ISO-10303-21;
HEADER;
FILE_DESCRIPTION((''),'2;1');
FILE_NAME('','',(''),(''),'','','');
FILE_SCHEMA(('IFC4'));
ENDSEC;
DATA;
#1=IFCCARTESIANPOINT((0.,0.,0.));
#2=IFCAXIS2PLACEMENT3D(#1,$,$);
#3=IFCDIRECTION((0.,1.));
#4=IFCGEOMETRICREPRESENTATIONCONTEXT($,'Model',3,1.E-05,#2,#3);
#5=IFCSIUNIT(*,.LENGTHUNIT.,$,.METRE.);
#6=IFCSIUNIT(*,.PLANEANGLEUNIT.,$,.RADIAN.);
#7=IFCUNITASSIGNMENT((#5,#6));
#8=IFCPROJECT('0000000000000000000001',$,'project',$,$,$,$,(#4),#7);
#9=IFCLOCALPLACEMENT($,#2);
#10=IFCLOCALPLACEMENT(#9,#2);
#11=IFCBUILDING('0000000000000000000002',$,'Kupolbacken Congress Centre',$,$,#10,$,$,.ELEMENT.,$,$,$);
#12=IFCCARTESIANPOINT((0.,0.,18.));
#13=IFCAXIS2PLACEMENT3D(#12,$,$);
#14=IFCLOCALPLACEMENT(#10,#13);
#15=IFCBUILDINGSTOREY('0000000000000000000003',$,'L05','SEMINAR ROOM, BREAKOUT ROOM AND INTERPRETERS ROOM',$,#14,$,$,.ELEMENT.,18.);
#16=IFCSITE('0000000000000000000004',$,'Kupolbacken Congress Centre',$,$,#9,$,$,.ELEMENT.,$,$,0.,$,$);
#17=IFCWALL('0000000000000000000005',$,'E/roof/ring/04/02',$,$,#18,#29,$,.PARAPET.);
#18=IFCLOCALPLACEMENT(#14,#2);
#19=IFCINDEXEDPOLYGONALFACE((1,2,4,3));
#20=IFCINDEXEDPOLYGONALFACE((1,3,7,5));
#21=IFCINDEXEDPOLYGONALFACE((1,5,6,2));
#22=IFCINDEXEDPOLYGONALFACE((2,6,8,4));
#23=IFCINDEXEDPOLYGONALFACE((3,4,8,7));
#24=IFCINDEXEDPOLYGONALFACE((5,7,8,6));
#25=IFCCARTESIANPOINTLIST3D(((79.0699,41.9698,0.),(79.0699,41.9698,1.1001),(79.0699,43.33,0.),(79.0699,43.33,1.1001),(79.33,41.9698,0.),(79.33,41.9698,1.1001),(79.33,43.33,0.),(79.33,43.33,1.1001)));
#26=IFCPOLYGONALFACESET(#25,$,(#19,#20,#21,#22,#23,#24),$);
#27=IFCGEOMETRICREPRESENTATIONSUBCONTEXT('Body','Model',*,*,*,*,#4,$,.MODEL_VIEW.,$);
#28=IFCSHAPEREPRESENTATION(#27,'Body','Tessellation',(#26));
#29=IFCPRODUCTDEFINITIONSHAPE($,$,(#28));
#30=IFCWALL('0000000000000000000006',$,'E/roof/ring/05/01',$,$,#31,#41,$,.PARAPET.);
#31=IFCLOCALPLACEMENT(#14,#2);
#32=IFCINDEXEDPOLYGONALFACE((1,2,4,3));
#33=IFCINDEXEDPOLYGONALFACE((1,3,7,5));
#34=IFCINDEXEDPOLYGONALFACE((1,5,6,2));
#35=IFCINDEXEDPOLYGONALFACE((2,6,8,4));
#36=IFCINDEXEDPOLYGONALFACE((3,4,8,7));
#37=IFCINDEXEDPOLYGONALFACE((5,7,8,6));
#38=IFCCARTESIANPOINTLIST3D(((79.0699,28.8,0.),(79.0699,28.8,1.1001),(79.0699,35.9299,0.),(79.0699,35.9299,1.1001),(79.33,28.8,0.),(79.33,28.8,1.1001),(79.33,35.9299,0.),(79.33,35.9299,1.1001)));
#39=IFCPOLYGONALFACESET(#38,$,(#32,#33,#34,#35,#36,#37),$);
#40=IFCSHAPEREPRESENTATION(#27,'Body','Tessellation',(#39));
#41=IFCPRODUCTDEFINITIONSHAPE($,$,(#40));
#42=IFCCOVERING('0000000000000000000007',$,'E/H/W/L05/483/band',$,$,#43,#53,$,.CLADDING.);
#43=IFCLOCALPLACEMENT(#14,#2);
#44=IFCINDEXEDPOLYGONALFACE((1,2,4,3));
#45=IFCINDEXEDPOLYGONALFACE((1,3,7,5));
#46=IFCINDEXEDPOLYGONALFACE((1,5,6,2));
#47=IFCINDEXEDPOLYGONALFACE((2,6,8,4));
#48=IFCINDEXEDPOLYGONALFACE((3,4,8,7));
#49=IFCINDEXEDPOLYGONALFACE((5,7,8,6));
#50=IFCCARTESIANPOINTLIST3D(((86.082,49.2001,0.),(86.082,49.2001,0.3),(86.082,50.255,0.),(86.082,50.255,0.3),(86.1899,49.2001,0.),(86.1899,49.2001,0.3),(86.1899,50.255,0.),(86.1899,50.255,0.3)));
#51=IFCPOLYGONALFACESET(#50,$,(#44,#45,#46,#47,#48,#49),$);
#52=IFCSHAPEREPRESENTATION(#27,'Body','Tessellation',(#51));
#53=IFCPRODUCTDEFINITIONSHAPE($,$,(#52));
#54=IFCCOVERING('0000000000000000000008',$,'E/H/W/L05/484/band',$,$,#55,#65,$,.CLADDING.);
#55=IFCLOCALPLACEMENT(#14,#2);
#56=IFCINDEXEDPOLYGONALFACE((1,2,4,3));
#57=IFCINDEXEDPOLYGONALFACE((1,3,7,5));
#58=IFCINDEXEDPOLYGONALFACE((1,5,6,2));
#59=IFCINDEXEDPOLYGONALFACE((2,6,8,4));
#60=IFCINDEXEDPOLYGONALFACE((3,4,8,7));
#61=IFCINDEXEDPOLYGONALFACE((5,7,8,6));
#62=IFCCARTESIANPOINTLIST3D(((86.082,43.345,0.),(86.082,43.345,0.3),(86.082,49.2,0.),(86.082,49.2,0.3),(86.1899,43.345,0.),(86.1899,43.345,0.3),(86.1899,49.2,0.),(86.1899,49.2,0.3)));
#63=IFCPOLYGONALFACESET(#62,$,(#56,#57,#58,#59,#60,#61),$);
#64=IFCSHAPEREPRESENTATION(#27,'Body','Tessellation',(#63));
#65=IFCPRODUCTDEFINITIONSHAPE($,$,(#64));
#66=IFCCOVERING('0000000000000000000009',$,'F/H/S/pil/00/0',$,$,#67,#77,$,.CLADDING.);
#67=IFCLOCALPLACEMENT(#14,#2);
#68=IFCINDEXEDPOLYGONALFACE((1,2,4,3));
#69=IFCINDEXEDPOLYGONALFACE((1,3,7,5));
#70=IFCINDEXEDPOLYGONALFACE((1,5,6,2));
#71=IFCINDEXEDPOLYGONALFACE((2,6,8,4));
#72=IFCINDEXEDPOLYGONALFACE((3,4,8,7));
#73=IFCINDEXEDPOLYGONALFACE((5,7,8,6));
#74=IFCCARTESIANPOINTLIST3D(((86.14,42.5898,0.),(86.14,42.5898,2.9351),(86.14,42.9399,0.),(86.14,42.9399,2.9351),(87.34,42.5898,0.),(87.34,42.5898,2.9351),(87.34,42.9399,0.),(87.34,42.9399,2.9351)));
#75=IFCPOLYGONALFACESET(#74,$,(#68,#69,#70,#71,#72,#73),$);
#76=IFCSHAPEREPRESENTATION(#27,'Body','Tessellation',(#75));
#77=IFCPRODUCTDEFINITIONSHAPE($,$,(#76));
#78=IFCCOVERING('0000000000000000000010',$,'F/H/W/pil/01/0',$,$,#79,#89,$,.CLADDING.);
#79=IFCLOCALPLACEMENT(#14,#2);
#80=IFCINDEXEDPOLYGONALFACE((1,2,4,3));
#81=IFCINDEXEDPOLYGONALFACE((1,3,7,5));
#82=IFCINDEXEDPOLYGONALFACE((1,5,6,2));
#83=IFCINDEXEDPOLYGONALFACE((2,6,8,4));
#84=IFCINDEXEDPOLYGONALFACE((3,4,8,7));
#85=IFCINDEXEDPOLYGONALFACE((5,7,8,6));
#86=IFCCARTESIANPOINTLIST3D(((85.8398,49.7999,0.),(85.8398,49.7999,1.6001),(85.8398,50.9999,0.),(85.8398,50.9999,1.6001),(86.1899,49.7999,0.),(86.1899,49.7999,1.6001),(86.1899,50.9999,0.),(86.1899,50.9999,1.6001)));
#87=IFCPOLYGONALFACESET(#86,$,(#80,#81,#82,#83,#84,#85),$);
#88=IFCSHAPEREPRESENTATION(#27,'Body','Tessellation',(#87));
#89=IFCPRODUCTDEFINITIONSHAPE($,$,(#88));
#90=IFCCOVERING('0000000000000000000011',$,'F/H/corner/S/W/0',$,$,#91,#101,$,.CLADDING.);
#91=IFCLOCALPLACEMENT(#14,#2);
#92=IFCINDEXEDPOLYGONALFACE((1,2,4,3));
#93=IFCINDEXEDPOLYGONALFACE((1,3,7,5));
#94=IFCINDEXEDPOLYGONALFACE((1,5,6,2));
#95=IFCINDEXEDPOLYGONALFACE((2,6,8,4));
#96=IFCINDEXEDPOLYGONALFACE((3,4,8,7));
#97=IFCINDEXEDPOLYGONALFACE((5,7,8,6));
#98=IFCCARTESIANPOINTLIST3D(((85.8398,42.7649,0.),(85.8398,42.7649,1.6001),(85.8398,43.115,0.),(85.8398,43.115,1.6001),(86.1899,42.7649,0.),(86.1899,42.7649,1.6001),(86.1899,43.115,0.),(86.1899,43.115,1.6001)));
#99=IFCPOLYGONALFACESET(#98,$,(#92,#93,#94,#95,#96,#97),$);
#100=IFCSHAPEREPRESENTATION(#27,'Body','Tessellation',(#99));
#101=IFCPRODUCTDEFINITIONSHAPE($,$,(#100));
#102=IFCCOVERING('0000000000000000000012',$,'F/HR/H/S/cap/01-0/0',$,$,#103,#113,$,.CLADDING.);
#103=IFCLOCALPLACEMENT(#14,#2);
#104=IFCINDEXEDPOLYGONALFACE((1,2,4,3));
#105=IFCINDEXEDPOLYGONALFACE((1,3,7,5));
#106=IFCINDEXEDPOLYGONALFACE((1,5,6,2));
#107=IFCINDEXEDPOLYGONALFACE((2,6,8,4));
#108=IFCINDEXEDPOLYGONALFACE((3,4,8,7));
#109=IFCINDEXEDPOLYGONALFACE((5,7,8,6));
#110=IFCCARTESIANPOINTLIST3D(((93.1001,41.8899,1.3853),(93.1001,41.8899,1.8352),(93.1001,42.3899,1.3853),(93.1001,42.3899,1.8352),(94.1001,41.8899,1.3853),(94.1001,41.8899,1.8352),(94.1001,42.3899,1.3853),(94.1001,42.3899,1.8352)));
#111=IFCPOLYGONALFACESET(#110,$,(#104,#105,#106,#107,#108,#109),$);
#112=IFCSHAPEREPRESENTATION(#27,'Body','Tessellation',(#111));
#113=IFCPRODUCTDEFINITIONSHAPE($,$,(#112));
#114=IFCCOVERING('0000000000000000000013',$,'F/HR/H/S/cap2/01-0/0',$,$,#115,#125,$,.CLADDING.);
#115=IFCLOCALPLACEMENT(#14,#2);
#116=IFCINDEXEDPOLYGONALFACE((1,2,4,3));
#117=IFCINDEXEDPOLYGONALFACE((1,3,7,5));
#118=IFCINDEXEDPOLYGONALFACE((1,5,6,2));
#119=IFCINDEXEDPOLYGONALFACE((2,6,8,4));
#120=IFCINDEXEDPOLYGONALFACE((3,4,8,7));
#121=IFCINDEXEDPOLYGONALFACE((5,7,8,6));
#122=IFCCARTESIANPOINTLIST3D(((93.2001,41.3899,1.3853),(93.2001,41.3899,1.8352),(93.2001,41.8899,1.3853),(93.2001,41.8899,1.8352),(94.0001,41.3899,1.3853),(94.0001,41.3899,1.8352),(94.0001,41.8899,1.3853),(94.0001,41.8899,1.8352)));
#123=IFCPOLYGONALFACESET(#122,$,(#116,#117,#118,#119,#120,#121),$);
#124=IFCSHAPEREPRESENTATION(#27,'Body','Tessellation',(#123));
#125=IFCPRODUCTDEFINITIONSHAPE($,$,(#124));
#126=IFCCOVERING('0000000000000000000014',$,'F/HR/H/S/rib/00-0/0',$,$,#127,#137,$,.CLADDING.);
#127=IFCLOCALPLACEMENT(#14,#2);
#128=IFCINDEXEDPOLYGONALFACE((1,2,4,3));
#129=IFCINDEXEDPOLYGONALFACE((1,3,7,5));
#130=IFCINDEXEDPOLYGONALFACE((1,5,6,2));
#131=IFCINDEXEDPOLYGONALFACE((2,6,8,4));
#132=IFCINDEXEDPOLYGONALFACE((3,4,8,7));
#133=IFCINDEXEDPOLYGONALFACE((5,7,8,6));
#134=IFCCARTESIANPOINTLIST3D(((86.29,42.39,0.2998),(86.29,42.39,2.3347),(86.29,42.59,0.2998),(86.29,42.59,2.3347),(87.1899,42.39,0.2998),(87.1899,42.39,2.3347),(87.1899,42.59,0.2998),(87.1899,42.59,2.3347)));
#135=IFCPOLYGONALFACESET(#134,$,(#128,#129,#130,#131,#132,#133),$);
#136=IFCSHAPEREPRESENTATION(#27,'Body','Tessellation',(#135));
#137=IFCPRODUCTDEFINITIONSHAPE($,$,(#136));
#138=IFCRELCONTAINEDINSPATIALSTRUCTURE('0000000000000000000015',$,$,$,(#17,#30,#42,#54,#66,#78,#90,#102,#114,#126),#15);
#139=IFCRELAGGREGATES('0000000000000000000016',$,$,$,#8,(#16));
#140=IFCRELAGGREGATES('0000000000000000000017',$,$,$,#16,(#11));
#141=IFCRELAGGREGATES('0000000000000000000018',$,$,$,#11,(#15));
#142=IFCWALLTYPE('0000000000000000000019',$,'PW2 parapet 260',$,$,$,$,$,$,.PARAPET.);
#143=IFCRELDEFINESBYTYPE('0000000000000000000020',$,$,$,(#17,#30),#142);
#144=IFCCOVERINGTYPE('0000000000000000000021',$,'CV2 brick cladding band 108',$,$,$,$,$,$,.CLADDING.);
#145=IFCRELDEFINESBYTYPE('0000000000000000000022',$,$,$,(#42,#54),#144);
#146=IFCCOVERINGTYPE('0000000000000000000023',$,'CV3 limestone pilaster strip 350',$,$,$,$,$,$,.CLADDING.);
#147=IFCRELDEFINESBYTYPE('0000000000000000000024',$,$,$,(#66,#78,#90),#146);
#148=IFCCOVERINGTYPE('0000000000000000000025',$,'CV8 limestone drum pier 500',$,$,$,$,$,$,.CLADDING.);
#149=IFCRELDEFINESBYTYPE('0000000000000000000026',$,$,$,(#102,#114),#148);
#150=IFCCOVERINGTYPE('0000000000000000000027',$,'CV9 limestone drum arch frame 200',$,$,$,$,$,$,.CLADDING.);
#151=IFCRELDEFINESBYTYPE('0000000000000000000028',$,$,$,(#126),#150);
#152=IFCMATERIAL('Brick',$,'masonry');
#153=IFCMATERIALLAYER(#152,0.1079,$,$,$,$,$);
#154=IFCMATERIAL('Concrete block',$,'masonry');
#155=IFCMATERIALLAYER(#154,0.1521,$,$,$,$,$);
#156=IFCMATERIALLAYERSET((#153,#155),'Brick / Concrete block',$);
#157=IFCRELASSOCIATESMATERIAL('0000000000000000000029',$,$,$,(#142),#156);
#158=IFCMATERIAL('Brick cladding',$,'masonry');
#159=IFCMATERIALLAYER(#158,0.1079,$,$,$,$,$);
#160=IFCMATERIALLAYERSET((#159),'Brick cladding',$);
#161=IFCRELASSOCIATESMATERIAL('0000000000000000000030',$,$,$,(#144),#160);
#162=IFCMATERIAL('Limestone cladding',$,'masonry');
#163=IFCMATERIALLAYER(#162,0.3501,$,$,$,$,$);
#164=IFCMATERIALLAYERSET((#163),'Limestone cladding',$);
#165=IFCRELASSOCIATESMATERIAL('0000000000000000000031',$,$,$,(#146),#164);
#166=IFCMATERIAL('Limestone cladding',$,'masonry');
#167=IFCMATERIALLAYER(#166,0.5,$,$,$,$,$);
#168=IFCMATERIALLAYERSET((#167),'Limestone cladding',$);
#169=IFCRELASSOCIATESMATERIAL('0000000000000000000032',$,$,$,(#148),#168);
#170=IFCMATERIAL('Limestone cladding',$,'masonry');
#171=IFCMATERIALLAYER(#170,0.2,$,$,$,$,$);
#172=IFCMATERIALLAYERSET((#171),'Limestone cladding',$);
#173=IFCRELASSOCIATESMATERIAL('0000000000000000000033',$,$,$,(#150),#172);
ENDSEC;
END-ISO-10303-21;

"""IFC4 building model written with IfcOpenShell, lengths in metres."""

from ifc_helpers import new_model, si_unit, direction, frame, frame_2d, origin, origin_2d, place, context, subcontext, project, spatial, rectangle, extrude, material, layer, layer_set, type_object, element, save


model = new_model("IFC4")

# Units and contexts
model_context = context("Model", 3, precision=1e-05, world=origin(), true_north=direction((0.0, 1.0)))
body_context = subcontext(model_context, "Body", "Model", "MODEL_VIEW")
ifc_project = project(units=[si_unit("LENGTHUNIT", "METRE"), si_unit("PLANEANGLEUNIT", "RADIAN")], contexts=[model_context])

# Site, building, storey
site_placement = place(None, origin())
site = spatial("IfcSite", under=ifc_project, at=site_placement, Name="Kupolbacken Congress Centre", CompositionType="ELEMENT", RefElevation=0.0)
building_placement = place(site_placement, origin())
building = spatial("IfcBuilding", under=site, at=building_placement, Name="Kupolbacken Congress Centre", CompositionType="ELEMENT")
storey_placement = place(building_placement, frame((0.0, 0.0, 18.0)))
storey = spatial("IfcBuildingStorey", under=building, at=storey_placement, Name="L05", Description="SEMINAR ROOM, BREAKOUT ROOM AND INTERPRETERS ROOM", CompositionType="ELEMENT", Elevation=18.0)

# Shared definitions
ifc_material_1 = material(Name="Brick", Category="masonry")
ifc_material_2 = material(Name="Concrete block", Category="masonry")

# Walls
ifc_layer_1 = layer(ifc_material_1, 0.1079)
ifc_layer_2 = layer(ifc_material_2, 0.1521)
ifc_layer_set_1 = layer_set([ifc_layer_1, ifc_layer_2], Name="Brick / Concrete block")
wall_type_1 = type_object("IfcWallType", Name="PW2 parapet 260", PredefinedType="PARAPET", material=ifc_layer_set_1)
wall_1_placement = place(storey_placement, frame((79.2, 43.3301, 0.0), z_axis=(0.0, 0.0, 1.0), x_axis=(0.0, -1.0, 0.0)))
element("IfcWall", 1, at=wall_1_placement, inside=storey, type_object=wall_type_1, Name="E/roof/ring/04/02", PredefinedType="PARAPET", context=body_context, shape_type="SweptSolid", body=[
    extrude(rectangle(XDim=1.3601, YDim=0.26, at=frame_2d((0.6802, 0.0))), origin(), (0.0, 0.0, 1.0), 1.1001),
])
wall_2_placement = place(storey_placement, frame((79.2, 35.9299, 0.0), z_axis=(0.0, 0.0, 1.0), x_axis=(0.0, -1.0, 0.0)))
element("IfcWall", 2, at=wall_2_placement, inside=storey, type_object=wall_type_1, Name="E/roof/ring/05/01", PredefinedType="PARAPET", context=body_context, shape_type="SweptSolid", body=[
    extrude(rectangle(XDim=7.1299, YDim=0.26, at=frame_2d((3.5649, 0.0))), origin(), (0.0, 0.0, 1.0), 1.1001),
])

# Coverings
ifc_material_3 = material(Name="Brick cladding", Category="masonry")
ifc_layer_3 = layer(ifc_material_3, 0.1079)
ifc_layer_set_2 = layer_set([ifc_layer_3], Name="Brick cladding")
covering_type_1 = type_object("IfcCoveringType", Name="CV2 brick cladding band 108", PredefinedType="CLADDING", material=ifc_layer_set_2)
covering_1_placement = place(storey_placement, frame((86.136, 49.7275, 0.0), z_axis=(0.0, 0.0, 1.0), x_axis=(0.0, -1.0, 0.0)))
element("IfcCovering", 3, at=covering_1_placement, inside=storey, type_object=covering_type_1, Name="E/H/W/L05/483/band", PredefinedType="CLADDING", context=body_context, shape_type="SweptSolid", body=[
    extrude(rectangle(XDim=1.0549, YDim=0.1079, at=origin_2d()), origin(), (0.0, 0.0, 1.0), 0.3),
])
covering_2_placement = place(storey_placement, frame((86.136, 46.2725, 0.0), z_axis=(0.0, 0.0, 1.0), x_axis=(0.0, -1.0, 0.0)))
element("IfcCovering", 4, at=covering_2_placement, inside=storey, type_object=covering_type_1, Name="E/H/W/L05/484/band", PredefinedType="CLADDING", context=body_context, shape_type="SweptSolid", body=[
    extrude(rectangle(XDim=5.855, YDim=0.1079, at=origin_2d()), origin(), (0.0, 0.0, 1.0), 0.3),
])
ifc_material_4 = material(Name="Limestone cladding", Category="masonry")
ifc_layer_4 = layer(ifc_material_4, 0.3501)
ifc_layer_set_3 = layer_set([ifc_layer_4], Name="Limestone cladding")
covering_type_2 = type_object("IfcCoveringType", Name="CV3 limestone pilaster strip 350", PredefinedType="CLADDING", material=ifc_layer_set_3)
covering_3_placement = place(storey_placement, frame((86.74, 42.7649, 0.0), z_axis=(0.0, 0.0, 1.0), x_axis=(1.0, 0.0, 0.0)))
element("IfcCovering", 5, at=covering_3_placement, inside=storey, type_object=covering_type_2, Name="F/H/S/pil/00/0", PredefinedType="CLADDING", context=body_context, shape_type="SweptSolid", body=[
    extrude(rectangle(XDim=1.2, YDim=0.3501, at=origin_2d()), origin(), (0.0, 0.0, 1.0), 2.9351),
])
covering_4_placement = place(storey_placement, frame((86.0149, 50.3999, 0.0), z_axis=(0.0, 0.0, 1.0), x_axis=(0.0, 1.0, 0.0)))
element("IfcCovering", 6, at=covering_4_placement, inside=storey, type_object=covering_type_2, Name="F/H/W/pil/01/0", PredefinedType="CLADDING", context=body_context, shape_type="SweptSolid", body=[
    extrude(rectangle(XDim=1.2, YDim=0.3501, at=origin_2d()), origin(), (0.0, 0.0, 1.0), 1.6001),
])
covering_5_placement = place(storey_placement, frame((86.0149, 42.9399, 0.0), z_axis=(0.0, 0.0, 1.0), x_axis=(1.0, 0.0, 0.0)))
element("IfcCovering", 7, at=covering_5_placement, inside=storey, type_object=covering_type_2, Name="F/H/corner/S/W/0", PredefinedType="CLADDING", context=body_context, shape_type="SweptSolid", body=[
    extrude(rectangle(XDim=0.3501, YDim=0.3501, at=origin_2d()), origin(), (0.0, 0.0, 1.0), 1.6001),
])
ifc_material_5 = material(Name="Limestone cladding", Category="masonry")
ifc_layer_5 = layer(ifc_material_5, 0.5)
ifc_layer_set_4 = layer_set([ifc_layer_5], Name="Limestone cladding")
covering_type_3 = type_object("IfcCoveringType", Name="CV8 limestone drum pier 500", PredefinedType="CLADDING", material=ifc_layer_set_4)
covering_6_placement = place(storey_placement, frame((93.6001, 42.1399, 1.3853), z_axis=(0.0, 0.0, 1.0), x_axis=(1.0, 0.0, 0.0)))
element("IfcCovering", 8, at=covering_6_placement, inside=storey, type_object=covering_type_3, Name="F/HR/H/S/cap/01-0/0", PredefinedType="CLADDING", context=body_context, shape_type="SweptSolid", body=[
    extrude(rectangle(XDim=1.0, YDim=0.5, at=origin_2d()), origin(), (0.0, 0.0, 1.0), 0.45),
])
covering_7_placement = place(storey_placement, frame((93.6001, 41.6399, 1.3853), z_axis=(0.0, 0.0, 1.0), x_axis=(1.0, 0.0, 0.0)))
element("IfcCovering", 9, at=covering_7_placement, inside=storey, type_object=covering_type_3, Name="F/HR/H/S/cap2/01-0/0", PredefinedType="CLADDING", context=body_context, shape_type="SweptSolid", body=[
    extrude(rectangle(XDim=0.8, YDim=0.5, at=origin_2d()), origin(), (0.0, 0.0, 1.0), 0.45),
])
ifc_material_6 = material(Name="Limestone cladding", Category="masonry")
ifc_layer_6 = layer(ifc_material_6, 0.2)
ifc_layer_set_5 = layer_set([ifc_layer_6], Name="Limestone cladding")
covering_type_4 = type_object("IfcCoveringType", Name="CV9 limestone drum arch frame 200", PredefinedType="CLADDING", material=ifc_layer_set_5)
covering_8_placement = place(storey_placement, frame((86.74, 42.49, 0.2998), z_axis=(0.0, 0.0, 1.0), x_axis=(1.0, 0.0, 0.0)))
element("IfcCovering", 10, at=covering_8_placement, inside=storey, type_object=covering_type_4, Name="F/HR/H/S/rib/00-0/0", PredefinedType="CLADDING", context=body_context, shape_type="SweptSolid", body=[
    extrude(rectangle(XDim=0.8999, YDim=0.2, at=origin_2d()), origin(), (0.0, 0.0, 1.0), 2.0349),
])

save(model, "model.ifc")
